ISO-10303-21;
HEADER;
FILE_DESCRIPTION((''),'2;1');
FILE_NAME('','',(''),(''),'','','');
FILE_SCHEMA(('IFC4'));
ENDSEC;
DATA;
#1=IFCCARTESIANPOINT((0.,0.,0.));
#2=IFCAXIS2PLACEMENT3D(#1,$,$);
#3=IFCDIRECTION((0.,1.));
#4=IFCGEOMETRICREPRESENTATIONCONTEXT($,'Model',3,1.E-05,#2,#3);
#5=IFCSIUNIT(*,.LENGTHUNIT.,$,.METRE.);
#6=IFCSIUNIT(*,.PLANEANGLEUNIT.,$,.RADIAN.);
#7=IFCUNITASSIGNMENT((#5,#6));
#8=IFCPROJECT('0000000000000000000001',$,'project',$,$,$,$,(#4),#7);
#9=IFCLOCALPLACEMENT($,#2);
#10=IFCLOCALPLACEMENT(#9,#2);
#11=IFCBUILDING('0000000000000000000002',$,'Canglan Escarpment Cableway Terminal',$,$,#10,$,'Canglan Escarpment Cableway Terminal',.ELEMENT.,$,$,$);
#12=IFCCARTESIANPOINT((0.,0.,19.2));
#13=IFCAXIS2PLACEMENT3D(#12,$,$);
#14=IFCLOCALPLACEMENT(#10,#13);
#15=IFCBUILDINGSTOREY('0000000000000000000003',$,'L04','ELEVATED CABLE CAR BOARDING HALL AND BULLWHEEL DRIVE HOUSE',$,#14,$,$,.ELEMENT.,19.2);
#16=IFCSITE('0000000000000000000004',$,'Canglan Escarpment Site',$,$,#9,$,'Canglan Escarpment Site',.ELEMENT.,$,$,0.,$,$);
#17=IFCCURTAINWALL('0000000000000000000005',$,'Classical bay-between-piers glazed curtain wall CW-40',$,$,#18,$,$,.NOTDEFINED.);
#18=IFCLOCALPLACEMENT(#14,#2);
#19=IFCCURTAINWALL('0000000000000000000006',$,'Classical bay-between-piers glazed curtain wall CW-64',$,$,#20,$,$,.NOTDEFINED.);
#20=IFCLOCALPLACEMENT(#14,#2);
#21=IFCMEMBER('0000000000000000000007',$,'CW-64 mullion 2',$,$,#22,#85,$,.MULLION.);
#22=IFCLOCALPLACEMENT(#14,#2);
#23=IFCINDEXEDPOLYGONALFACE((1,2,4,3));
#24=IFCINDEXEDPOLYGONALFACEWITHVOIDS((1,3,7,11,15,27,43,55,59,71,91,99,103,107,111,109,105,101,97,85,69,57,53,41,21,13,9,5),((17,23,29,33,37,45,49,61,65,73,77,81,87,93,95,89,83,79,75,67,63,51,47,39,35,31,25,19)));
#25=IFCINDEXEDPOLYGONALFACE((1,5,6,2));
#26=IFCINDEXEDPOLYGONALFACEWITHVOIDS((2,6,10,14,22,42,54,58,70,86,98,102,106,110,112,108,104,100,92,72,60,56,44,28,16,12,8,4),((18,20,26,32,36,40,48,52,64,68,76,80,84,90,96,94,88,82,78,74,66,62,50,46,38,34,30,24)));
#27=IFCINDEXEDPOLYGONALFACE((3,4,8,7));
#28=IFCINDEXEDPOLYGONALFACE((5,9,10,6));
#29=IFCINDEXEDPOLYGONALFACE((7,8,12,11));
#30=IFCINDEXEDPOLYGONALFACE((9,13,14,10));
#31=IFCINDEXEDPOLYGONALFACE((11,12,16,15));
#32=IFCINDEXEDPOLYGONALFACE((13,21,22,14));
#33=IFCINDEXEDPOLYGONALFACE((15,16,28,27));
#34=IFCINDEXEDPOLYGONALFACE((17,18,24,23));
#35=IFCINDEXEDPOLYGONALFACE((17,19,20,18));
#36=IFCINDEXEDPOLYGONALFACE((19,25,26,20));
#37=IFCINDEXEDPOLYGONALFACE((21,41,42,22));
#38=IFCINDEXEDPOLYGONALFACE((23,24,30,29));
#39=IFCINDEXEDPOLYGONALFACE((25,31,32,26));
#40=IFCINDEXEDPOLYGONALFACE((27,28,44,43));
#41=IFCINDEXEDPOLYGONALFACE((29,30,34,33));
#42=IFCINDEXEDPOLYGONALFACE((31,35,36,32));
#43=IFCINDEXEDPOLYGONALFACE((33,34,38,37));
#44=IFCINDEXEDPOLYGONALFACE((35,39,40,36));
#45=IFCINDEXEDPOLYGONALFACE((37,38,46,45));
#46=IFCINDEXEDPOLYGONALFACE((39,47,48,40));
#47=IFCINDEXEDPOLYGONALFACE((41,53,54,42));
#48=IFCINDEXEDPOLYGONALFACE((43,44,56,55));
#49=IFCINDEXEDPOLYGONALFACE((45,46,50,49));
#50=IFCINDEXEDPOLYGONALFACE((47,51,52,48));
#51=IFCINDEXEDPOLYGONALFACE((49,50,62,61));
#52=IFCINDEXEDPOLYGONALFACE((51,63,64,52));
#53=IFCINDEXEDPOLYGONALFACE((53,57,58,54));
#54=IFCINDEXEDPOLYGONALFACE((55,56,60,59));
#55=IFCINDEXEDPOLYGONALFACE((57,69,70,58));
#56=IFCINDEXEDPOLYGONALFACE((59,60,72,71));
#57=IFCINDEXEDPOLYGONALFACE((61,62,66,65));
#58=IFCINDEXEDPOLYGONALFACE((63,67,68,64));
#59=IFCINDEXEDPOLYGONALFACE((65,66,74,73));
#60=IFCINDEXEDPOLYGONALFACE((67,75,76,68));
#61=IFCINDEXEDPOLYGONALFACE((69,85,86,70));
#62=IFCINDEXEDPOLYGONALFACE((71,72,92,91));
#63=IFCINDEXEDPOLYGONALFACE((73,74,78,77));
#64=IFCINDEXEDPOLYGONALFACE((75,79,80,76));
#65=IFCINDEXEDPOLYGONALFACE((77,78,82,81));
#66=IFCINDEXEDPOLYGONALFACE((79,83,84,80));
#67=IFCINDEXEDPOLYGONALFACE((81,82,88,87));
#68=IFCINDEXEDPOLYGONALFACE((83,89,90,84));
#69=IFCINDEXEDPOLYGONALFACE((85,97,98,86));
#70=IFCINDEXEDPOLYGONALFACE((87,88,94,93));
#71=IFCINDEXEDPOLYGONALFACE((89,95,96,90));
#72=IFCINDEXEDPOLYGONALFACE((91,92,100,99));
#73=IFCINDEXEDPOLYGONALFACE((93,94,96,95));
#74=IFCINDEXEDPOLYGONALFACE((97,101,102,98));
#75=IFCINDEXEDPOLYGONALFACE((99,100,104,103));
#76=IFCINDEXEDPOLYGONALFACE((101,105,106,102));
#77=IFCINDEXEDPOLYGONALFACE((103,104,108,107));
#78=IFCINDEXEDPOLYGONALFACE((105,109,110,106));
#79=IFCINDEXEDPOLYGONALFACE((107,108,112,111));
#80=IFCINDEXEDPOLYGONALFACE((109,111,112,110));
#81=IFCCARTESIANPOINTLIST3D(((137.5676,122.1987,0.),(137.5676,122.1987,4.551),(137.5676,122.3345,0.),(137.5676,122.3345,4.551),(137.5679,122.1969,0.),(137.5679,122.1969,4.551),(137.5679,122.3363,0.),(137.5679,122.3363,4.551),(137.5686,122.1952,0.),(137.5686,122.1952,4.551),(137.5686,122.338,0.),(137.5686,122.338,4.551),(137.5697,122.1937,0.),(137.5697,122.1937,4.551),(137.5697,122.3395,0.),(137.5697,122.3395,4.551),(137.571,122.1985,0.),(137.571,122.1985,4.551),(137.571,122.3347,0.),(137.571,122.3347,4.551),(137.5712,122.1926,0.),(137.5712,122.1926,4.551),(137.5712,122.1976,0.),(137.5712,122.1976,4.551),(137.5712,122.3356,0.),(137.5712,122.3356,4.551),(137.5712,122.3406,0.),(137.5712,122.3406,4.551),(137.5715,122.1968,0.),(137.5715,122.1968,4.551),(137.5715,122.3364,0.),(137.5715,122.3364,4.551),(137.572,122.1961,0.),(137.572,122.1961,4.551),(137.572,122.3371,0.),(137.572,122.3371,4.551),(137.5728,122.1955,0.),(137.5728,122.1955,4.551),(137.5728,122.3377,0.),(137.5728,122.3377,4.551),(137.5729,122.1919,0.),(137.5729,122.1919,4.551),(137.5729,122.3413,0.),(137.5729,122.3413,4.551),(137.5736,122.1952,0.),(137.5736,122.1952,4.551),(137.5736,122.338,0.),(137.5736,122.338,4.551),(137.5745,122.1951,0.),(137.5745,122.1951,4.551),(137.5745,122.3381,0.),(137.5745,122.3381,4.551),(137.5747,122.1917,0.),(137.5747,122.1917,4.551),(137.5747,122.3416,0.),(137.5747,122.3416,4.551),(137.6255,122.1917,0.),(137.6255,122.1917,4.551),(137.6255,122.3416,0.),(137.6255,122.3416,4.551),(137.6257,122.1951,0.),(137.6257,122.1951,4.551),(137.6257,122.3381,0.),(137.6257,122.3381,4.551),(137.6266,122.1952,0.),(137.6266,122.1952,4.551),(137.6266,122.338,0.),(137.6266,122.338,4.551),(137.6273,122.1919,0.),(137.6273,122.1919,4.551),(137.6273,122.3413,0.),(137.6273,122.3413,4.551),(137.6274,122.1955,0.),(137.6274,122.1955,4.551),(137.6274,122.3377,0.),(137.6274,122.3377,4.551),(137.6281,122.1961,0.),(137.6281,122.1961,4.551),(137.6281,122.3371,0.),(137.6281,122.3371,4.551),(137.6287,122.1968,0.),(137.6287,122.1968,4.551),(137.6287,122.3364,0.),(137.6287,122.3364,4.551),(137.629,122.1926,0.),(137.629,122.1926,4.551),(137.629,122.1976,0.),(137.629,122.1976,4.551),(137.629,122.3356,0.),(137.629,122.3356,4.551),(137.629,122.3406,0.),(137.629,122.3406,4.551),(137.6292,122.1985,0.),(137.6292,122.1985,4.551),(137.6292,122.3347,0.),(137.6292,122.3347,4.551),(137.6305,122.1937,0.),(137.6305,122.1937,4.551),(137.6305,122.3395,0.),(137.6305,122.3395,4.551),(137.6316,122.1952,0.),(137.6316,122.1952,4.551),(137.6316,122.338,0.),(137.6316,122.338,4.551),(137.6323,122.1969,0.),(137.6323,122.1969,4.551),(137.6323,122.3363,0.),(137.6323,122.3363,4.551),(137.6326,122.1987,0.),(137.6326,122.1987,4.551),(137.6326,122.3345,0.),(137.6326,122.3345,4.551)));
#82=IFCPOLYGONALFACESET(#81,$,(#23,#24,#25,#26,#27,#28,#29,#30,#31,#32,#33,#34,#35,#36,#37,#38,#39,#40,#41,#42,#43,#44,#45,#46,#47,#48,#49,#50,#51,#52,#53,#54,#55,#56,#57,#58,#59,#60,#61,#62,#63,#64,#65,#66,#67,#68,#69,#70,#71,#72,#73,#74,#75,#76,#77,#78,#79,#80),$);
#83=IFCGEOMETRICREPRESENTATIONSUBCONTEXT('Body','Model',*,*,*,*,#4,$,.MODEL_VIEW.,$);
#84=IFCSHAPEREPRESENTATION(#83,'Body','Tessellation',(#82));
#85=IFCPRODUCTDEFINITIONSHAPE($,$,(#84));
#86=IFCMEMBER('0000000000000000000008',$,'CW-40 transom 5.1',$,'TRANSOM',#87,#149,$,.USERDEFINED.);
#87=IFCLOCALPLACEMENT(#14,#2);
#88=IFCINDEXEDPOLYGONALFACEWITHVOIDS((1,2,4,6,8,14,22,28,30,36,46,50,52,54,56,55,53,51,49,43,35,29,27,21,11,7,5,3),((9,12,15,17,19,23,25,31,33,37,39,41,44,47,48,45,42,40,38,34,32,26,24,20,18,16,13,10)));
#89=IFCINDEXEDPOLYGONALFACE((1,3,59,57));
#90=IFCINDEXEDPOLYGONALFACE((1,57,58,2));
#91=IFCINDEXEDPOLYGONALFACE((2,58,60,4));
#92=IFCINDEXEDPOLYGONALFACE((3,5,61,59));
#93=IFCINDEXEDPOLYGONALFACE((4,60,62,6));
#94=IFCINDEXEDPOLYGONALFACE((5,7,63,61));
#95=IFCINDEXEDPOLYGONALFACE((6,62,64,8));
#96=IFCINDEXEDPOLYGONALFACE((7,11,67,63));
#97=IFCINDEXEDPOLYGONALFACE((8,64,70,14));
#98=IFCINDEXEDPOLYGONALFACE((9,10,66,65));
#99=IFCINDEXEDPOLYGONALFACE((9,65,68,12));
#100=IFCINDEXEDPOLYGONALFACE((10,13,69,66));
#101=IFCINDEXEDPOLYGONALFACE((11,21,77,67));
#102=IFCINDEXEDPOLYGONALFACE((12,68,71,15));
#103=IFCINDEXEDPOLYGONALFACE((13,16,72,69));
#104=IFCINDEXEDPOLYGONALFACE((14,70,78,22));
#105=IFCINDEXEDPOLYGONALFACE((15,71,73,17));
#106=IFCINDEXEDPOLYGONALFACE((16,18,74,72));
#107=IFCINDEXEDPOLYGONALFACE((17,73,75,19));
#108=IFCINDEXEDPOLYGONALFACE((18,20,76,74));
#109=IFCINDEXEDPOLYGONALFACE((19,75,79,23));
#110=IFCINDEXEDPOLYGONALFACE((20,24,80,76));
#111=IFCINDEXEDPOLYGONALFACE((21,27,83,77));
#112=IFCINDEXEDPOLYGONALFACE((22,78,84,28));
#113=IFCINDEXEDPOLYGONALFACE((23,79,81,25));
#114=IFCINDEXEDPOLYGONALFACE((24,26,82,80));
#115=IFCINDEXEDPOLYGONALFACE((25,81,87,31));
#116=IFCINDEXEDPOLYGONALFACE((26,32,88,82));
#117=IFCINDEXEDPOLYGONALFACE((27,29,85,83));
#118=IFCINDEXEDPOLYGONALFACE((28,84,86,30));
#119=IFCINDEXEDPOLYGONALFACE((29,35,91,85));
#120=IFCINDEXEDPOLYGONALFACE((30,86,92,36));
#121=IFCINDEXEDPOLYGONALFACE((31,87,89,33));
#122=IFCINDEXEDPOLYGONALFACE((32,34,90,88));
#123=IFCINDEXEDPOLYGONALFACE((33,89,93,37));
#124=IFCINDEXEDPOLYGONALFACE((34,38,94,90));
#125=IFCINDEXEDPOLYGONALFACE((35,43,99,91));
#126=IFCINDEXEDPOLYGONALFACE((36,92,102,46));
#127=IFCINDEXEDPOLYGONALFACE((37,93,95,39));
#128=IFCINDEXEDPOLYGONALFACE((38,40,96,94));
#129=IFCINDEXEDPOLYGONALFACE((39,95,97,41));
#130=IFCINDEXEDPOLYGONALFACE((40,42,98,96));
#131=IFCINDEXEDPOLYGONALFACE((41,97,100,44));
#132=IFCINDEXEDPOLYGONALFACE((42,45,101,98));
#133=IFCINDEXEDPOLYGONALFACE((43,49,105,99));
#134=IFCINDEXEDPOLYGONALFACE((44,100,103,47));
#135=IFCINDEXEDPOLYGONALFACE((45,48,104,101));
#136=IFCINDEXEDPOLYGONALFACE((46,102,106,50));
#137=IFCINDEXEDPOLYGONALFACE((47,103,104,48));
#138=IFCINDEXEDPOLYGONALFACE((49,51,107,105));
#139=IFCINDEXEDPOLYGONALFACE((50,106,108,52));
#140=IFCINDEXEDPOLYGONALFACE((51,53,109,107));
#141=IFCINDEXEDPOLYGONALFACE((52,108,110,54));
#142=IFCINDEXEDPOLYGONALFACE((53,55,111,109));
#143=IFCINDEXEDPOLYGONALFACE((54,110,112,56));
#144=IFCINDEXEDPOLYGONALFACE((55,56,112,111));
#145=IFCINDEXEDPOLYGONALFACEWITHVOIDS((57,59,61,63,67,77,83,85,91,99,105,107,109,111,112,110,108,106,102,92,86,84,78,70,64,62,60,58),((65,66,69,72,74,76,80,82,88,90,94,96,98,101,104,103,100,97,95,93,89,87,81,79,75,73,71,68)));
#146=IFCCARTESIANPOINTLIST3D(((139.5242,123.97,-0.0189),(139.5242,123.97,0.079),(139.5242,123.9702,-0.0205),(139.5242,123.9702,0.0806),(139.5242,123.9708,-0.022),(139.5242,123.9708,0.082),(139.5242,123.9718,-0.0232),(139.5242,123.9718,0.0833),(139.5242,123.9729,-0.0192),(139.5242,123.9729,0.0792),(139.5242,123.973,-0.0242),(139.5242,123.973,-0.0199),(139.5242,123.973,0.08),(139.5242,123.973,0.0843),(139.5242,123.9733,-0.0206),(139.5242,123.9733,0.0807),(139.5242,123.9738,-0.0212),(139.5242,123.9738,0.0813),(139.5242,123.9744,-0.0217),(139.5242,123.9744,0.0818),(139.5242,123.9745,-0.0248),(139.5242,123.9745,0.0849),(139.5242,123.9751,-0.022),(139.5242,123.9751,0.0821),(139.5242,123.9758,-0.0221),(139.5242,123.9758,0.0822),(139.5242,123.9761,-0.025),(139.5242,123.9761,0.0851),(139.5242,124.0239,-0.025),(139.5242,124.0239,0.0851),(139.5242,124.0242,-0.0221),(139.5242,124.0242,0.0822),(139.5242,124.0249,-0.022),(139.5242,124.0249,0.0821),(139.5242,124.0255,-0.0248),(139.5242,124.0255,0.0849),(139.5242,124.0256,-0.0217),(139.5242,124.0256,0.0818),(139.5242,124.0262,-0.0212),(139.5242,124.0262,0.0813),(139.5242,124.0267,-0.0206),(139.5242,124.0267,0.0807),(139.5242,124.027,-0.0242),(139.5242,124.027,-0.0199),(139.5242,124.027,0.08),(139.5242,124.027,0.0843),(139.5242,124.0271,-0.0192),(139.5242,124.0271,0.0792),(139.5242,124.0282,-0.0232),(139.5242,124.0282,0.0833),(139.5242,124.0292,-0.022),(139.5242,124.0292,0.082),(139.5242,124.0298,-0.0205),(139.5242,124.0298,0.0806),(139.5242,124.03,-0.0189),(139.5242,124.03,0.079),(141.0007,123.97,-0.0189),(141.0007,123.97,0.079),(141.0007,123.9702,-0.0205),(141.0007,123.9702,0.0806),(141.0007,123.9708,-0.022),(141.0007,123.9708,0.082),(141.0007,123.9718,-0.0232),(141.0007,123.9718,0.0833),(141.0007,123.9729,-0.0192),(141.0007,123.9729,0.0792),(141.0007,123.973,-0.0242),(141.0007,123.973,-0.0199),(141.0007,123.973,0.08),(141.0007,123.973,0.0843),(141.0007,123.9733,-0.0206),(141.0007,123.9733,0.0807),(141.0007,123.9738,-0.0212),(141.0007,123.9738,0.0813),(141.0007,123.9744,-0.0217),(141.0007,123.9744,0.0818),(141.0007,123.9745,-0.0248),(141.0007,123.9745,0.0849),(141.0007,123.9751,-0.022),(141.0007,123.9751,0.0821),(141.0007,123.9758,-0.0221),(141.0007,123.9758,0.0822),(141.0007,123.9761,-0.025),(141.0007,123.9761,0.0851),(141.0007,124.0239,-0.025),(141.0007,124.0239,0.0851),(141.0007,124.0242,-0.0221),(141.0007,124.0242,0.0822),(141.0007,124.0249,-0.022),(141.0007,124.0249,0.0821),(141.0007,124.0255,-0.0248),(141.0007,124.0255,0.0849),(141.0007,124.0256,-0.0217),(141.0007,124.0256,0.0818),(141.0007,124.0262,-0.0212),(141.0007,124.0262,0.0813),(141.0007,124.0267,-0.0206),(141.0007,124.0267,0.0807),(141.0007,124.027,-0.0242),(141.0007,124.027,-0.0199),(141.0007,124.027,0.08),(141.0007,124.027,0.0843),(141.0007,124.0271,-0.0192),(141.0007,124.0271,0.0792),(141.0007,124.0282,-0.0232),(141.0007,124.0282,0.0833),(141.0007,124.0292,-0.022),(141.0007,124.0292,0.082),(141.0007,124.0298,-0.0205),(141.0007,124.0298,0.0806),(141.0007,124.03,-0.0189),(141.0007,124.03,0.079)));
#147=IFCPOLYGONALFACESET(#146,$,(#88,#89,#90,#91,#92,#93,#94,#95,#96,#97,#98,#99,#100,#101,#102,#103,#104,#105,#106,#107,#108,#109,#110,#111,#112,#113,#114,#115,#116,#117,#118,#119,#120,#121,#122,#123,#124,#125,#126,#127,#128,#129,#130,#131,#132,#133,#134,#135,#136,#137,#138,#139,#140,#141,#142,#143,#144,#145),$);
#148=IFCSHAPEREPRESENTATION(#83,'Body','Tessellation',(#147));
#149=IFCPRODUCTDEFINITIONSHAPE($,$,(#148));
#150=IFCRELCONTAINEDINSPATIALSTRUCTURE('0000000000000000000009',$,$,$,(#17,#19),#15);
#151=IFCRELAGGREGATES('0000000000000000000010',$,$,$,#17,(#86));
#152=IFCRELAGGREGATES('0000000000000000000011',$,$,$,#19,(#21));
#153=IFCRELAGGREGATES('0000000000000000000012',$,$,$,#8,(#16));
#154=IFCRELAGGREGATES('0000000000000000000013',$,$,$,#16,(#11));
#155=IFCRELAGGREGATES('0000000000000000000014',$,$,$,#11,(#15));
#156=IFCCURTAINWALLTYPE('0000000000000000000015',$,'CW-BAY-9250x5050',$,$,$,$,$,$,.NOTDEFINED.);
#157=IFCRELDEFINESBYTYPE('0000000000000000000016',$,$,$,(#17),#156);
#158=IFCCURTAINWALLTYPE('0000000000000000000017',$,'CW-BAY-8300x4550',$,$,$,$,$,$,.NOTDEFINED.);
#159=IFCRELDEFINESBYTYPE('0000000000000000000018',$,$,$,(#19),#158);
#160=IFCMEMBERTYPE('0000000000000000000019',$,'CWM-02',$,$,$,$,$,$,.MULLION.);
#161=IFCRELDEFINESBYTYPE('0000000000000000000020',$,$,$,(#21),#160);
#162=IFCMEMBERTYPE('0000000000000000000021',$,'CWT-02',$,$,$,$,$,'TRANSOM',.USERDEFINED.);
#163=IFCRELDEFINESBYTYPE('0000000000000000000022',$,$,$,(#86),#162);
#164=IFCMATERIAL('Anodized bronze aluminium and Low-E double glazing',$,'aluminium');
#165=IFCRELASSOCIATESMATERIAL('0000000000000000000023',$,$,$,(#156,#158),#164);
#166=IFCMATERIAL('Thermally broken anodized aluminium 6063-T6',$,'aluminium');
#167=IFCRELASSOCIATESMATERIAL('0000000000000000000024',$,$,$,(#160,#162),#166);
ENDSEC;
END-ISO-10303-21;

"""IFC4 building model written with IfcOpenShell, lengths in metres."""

from ifc_helpers import new_model, si_unit, direction, frame, origin, origin_2d, place, context, subcontext, project, spatial, hollow_rectangle, extrude, material, material_profile, profile_set, type_object, element, aggregate, save


model = new_model("IFC4")

# Units and contexts
model_context = context("Model", 3, precision=1e-05, world=origin(), true_north=direction((0.0, 1.0)))
body_context = subcontext(model_context, "Body", "Model", "MODEL_VIEW")
ifc_project = project(units=[si_unit("LENGTHUNIT", "METRE"), si_unit("PLANEANGLEUNIT", "RADIAN")], contexts=[model_context])

# Site, building, storey
site_placement = place(None, origin())
site = spatial("IfcSite", under=ifc_project, at=site_placement, Name="Canglan Escarpment Site", LongName="Canglan Escarpment Site", CompositionType="ELEMENT", RefElevation=0.0)
building_placement = place(site_placement, origin())
building = spatial("IfcBuilding", under=site, at=building_placement, Name="Canglan Escarpment Cableway Terminal", LongName="Canglan Escarpment Cableway Terminal", CompositionType="ELEMENT")
storey_placement = place(building_placement, frame((0.0, 0.0, 19.2)))
storey = spatial("IfcBuildingStorey", under=building, at=storey_placement, Name="L04", Description="ELEVATED CABLE CAR BOARDING HALL AND BULLWHEEL DRIVE HOUSE", CompositionType="ELEMENT", Elevation=19.2)

# Curtain walls, member
ifc_material_1 = material(Name="Anodized bronze aluminium and Low-E double glazing", Category="aluminium")
curtain_wall_type_1 = type_object("IfcCurtainWallType", Name="CW-BAY-9250x5050", PredefinedType="NOTDEFINED", material=ifc_material_1)
curtain_wall_1_placement = place(storey_placement, origin())
curtain_wall_1 = element("IfcCurtainWall", 1, at=curtain_wall_1_placement, inside=storey, type_object=curtain_wall_type_1, Name="Classical bay-between-piers glazed curtain wall CW-40", PredefinedType="NOTDEFINED")
ifc_material_2 = material(Name="Thermally broken anodized aluminium 6063-T6", Category="aluminium")
ifc_material_profile_1 = material_profile(ifc_material_2, hollow_rectangle(XDim=0.0649, YDim=0.1499, WallThickness=0.0034, InnerFilletRadius=0.0034, OuterFilletRadius=0.0071, at=origin_2d()), Name="ALU-MULL 65x150x3.5")
ifc_profile_set_1 = profile_set([ifc_material_profile_1], Name="Thermally broken anodized aluminium 6063-T6")
member_type_1 = type_object("IfcMemberType", Name="CWM-02", PredefinedType="MULLION", material=ifc_profile_set_1)
curtain_wall_type_2 = type_object("IfcCurtainWallType", Name="CW-BAY-8300x4550", PredefinedType="NOTDEFINED", material=ifc_material_1)
curtain_wall_2_placement = place(storey_placement, origin())
curtain_wall_2 = element("IfcCurtainWall", 2, at=curtain_wall_2_placement, inside=storey, type_object=curtain_wall_type_2, Name="Classical bay-between-piers glazed curtain wall CW-64", PredefinedType="NOTDEFINED")
member_1_placement = place(storey_placement, frame((137.6001, 122.2666, 0.0), z_axis=(0.0, 0.0, 1.0), x_axis=(1.0, 0.0, 0.0)))
member_1 = element("IfcMember", 3, at=member_1_placement, type_object=member_type_1, Name="CW-64 mullion 2", PredefinedType="MULLION", context=body_context, shape_type="SweptSolid", body=[
    extrude(hollow_rectangle(XDim=0.0649, YDim=0.1499, WallThickness=0.0034, InnerFilletRadius=0.0034, OuterFilletRadius=0.0071, at=origin_2d()), origin(), (0.0, 0.0, 1.0), 4.551),
])

# Member
ifc_material_profile_2 = material_profile(ifc_material_2, hollow_rectangle(XDim=0.0601, YDim=0.1101, WallThickness=0.0029, InnerFilletRadius=0.0029, OuterFilletRadius=0.0061, at=origin_2d()), Name="ALU-TRAN 60x110x3")
ifc_profile_set_2 = profile_set([ifc_material_profile_2], Name="Thermally broken anodized aluminium 6063-T6")
member_type_2 = type_object("IfcMemberType", Name="CWT-02", ElementType="TRANSOM", PredefinedType="USERDEFINED", material=ifc_profile_set_2)
member_2_placement = place(storey_placement, frame((141.0007, 124.0, 0.03), z_axis=(-1.0, 0.0, 0.0), x_axis=(0.0, -1.0, 0.0)))
member_2 = element("IfcMember", 4, at=member_2_placement, type_object=member_type_2, Name="CW-40 transom 5.1", ObjectType="TRANSOM", PredefinedType="USERDEFINED", context=body_context, shape_type="SweptSolid", body=[
    extrude(hollow_rectangle(XDim=0.0601, YDim=0.1101, WallThickness=0.0029, InnerFilletRadius=0.0029, OuterFilletRadius=0.0061, at=origin_2d()), origin(), (0.0, 0.0, 1.0), 1.4766),
])

aggregate(curtain_wall_1, [member_2])
aggregate(curtain_wall_2, [member_1])

save(model, "model.ifc")
